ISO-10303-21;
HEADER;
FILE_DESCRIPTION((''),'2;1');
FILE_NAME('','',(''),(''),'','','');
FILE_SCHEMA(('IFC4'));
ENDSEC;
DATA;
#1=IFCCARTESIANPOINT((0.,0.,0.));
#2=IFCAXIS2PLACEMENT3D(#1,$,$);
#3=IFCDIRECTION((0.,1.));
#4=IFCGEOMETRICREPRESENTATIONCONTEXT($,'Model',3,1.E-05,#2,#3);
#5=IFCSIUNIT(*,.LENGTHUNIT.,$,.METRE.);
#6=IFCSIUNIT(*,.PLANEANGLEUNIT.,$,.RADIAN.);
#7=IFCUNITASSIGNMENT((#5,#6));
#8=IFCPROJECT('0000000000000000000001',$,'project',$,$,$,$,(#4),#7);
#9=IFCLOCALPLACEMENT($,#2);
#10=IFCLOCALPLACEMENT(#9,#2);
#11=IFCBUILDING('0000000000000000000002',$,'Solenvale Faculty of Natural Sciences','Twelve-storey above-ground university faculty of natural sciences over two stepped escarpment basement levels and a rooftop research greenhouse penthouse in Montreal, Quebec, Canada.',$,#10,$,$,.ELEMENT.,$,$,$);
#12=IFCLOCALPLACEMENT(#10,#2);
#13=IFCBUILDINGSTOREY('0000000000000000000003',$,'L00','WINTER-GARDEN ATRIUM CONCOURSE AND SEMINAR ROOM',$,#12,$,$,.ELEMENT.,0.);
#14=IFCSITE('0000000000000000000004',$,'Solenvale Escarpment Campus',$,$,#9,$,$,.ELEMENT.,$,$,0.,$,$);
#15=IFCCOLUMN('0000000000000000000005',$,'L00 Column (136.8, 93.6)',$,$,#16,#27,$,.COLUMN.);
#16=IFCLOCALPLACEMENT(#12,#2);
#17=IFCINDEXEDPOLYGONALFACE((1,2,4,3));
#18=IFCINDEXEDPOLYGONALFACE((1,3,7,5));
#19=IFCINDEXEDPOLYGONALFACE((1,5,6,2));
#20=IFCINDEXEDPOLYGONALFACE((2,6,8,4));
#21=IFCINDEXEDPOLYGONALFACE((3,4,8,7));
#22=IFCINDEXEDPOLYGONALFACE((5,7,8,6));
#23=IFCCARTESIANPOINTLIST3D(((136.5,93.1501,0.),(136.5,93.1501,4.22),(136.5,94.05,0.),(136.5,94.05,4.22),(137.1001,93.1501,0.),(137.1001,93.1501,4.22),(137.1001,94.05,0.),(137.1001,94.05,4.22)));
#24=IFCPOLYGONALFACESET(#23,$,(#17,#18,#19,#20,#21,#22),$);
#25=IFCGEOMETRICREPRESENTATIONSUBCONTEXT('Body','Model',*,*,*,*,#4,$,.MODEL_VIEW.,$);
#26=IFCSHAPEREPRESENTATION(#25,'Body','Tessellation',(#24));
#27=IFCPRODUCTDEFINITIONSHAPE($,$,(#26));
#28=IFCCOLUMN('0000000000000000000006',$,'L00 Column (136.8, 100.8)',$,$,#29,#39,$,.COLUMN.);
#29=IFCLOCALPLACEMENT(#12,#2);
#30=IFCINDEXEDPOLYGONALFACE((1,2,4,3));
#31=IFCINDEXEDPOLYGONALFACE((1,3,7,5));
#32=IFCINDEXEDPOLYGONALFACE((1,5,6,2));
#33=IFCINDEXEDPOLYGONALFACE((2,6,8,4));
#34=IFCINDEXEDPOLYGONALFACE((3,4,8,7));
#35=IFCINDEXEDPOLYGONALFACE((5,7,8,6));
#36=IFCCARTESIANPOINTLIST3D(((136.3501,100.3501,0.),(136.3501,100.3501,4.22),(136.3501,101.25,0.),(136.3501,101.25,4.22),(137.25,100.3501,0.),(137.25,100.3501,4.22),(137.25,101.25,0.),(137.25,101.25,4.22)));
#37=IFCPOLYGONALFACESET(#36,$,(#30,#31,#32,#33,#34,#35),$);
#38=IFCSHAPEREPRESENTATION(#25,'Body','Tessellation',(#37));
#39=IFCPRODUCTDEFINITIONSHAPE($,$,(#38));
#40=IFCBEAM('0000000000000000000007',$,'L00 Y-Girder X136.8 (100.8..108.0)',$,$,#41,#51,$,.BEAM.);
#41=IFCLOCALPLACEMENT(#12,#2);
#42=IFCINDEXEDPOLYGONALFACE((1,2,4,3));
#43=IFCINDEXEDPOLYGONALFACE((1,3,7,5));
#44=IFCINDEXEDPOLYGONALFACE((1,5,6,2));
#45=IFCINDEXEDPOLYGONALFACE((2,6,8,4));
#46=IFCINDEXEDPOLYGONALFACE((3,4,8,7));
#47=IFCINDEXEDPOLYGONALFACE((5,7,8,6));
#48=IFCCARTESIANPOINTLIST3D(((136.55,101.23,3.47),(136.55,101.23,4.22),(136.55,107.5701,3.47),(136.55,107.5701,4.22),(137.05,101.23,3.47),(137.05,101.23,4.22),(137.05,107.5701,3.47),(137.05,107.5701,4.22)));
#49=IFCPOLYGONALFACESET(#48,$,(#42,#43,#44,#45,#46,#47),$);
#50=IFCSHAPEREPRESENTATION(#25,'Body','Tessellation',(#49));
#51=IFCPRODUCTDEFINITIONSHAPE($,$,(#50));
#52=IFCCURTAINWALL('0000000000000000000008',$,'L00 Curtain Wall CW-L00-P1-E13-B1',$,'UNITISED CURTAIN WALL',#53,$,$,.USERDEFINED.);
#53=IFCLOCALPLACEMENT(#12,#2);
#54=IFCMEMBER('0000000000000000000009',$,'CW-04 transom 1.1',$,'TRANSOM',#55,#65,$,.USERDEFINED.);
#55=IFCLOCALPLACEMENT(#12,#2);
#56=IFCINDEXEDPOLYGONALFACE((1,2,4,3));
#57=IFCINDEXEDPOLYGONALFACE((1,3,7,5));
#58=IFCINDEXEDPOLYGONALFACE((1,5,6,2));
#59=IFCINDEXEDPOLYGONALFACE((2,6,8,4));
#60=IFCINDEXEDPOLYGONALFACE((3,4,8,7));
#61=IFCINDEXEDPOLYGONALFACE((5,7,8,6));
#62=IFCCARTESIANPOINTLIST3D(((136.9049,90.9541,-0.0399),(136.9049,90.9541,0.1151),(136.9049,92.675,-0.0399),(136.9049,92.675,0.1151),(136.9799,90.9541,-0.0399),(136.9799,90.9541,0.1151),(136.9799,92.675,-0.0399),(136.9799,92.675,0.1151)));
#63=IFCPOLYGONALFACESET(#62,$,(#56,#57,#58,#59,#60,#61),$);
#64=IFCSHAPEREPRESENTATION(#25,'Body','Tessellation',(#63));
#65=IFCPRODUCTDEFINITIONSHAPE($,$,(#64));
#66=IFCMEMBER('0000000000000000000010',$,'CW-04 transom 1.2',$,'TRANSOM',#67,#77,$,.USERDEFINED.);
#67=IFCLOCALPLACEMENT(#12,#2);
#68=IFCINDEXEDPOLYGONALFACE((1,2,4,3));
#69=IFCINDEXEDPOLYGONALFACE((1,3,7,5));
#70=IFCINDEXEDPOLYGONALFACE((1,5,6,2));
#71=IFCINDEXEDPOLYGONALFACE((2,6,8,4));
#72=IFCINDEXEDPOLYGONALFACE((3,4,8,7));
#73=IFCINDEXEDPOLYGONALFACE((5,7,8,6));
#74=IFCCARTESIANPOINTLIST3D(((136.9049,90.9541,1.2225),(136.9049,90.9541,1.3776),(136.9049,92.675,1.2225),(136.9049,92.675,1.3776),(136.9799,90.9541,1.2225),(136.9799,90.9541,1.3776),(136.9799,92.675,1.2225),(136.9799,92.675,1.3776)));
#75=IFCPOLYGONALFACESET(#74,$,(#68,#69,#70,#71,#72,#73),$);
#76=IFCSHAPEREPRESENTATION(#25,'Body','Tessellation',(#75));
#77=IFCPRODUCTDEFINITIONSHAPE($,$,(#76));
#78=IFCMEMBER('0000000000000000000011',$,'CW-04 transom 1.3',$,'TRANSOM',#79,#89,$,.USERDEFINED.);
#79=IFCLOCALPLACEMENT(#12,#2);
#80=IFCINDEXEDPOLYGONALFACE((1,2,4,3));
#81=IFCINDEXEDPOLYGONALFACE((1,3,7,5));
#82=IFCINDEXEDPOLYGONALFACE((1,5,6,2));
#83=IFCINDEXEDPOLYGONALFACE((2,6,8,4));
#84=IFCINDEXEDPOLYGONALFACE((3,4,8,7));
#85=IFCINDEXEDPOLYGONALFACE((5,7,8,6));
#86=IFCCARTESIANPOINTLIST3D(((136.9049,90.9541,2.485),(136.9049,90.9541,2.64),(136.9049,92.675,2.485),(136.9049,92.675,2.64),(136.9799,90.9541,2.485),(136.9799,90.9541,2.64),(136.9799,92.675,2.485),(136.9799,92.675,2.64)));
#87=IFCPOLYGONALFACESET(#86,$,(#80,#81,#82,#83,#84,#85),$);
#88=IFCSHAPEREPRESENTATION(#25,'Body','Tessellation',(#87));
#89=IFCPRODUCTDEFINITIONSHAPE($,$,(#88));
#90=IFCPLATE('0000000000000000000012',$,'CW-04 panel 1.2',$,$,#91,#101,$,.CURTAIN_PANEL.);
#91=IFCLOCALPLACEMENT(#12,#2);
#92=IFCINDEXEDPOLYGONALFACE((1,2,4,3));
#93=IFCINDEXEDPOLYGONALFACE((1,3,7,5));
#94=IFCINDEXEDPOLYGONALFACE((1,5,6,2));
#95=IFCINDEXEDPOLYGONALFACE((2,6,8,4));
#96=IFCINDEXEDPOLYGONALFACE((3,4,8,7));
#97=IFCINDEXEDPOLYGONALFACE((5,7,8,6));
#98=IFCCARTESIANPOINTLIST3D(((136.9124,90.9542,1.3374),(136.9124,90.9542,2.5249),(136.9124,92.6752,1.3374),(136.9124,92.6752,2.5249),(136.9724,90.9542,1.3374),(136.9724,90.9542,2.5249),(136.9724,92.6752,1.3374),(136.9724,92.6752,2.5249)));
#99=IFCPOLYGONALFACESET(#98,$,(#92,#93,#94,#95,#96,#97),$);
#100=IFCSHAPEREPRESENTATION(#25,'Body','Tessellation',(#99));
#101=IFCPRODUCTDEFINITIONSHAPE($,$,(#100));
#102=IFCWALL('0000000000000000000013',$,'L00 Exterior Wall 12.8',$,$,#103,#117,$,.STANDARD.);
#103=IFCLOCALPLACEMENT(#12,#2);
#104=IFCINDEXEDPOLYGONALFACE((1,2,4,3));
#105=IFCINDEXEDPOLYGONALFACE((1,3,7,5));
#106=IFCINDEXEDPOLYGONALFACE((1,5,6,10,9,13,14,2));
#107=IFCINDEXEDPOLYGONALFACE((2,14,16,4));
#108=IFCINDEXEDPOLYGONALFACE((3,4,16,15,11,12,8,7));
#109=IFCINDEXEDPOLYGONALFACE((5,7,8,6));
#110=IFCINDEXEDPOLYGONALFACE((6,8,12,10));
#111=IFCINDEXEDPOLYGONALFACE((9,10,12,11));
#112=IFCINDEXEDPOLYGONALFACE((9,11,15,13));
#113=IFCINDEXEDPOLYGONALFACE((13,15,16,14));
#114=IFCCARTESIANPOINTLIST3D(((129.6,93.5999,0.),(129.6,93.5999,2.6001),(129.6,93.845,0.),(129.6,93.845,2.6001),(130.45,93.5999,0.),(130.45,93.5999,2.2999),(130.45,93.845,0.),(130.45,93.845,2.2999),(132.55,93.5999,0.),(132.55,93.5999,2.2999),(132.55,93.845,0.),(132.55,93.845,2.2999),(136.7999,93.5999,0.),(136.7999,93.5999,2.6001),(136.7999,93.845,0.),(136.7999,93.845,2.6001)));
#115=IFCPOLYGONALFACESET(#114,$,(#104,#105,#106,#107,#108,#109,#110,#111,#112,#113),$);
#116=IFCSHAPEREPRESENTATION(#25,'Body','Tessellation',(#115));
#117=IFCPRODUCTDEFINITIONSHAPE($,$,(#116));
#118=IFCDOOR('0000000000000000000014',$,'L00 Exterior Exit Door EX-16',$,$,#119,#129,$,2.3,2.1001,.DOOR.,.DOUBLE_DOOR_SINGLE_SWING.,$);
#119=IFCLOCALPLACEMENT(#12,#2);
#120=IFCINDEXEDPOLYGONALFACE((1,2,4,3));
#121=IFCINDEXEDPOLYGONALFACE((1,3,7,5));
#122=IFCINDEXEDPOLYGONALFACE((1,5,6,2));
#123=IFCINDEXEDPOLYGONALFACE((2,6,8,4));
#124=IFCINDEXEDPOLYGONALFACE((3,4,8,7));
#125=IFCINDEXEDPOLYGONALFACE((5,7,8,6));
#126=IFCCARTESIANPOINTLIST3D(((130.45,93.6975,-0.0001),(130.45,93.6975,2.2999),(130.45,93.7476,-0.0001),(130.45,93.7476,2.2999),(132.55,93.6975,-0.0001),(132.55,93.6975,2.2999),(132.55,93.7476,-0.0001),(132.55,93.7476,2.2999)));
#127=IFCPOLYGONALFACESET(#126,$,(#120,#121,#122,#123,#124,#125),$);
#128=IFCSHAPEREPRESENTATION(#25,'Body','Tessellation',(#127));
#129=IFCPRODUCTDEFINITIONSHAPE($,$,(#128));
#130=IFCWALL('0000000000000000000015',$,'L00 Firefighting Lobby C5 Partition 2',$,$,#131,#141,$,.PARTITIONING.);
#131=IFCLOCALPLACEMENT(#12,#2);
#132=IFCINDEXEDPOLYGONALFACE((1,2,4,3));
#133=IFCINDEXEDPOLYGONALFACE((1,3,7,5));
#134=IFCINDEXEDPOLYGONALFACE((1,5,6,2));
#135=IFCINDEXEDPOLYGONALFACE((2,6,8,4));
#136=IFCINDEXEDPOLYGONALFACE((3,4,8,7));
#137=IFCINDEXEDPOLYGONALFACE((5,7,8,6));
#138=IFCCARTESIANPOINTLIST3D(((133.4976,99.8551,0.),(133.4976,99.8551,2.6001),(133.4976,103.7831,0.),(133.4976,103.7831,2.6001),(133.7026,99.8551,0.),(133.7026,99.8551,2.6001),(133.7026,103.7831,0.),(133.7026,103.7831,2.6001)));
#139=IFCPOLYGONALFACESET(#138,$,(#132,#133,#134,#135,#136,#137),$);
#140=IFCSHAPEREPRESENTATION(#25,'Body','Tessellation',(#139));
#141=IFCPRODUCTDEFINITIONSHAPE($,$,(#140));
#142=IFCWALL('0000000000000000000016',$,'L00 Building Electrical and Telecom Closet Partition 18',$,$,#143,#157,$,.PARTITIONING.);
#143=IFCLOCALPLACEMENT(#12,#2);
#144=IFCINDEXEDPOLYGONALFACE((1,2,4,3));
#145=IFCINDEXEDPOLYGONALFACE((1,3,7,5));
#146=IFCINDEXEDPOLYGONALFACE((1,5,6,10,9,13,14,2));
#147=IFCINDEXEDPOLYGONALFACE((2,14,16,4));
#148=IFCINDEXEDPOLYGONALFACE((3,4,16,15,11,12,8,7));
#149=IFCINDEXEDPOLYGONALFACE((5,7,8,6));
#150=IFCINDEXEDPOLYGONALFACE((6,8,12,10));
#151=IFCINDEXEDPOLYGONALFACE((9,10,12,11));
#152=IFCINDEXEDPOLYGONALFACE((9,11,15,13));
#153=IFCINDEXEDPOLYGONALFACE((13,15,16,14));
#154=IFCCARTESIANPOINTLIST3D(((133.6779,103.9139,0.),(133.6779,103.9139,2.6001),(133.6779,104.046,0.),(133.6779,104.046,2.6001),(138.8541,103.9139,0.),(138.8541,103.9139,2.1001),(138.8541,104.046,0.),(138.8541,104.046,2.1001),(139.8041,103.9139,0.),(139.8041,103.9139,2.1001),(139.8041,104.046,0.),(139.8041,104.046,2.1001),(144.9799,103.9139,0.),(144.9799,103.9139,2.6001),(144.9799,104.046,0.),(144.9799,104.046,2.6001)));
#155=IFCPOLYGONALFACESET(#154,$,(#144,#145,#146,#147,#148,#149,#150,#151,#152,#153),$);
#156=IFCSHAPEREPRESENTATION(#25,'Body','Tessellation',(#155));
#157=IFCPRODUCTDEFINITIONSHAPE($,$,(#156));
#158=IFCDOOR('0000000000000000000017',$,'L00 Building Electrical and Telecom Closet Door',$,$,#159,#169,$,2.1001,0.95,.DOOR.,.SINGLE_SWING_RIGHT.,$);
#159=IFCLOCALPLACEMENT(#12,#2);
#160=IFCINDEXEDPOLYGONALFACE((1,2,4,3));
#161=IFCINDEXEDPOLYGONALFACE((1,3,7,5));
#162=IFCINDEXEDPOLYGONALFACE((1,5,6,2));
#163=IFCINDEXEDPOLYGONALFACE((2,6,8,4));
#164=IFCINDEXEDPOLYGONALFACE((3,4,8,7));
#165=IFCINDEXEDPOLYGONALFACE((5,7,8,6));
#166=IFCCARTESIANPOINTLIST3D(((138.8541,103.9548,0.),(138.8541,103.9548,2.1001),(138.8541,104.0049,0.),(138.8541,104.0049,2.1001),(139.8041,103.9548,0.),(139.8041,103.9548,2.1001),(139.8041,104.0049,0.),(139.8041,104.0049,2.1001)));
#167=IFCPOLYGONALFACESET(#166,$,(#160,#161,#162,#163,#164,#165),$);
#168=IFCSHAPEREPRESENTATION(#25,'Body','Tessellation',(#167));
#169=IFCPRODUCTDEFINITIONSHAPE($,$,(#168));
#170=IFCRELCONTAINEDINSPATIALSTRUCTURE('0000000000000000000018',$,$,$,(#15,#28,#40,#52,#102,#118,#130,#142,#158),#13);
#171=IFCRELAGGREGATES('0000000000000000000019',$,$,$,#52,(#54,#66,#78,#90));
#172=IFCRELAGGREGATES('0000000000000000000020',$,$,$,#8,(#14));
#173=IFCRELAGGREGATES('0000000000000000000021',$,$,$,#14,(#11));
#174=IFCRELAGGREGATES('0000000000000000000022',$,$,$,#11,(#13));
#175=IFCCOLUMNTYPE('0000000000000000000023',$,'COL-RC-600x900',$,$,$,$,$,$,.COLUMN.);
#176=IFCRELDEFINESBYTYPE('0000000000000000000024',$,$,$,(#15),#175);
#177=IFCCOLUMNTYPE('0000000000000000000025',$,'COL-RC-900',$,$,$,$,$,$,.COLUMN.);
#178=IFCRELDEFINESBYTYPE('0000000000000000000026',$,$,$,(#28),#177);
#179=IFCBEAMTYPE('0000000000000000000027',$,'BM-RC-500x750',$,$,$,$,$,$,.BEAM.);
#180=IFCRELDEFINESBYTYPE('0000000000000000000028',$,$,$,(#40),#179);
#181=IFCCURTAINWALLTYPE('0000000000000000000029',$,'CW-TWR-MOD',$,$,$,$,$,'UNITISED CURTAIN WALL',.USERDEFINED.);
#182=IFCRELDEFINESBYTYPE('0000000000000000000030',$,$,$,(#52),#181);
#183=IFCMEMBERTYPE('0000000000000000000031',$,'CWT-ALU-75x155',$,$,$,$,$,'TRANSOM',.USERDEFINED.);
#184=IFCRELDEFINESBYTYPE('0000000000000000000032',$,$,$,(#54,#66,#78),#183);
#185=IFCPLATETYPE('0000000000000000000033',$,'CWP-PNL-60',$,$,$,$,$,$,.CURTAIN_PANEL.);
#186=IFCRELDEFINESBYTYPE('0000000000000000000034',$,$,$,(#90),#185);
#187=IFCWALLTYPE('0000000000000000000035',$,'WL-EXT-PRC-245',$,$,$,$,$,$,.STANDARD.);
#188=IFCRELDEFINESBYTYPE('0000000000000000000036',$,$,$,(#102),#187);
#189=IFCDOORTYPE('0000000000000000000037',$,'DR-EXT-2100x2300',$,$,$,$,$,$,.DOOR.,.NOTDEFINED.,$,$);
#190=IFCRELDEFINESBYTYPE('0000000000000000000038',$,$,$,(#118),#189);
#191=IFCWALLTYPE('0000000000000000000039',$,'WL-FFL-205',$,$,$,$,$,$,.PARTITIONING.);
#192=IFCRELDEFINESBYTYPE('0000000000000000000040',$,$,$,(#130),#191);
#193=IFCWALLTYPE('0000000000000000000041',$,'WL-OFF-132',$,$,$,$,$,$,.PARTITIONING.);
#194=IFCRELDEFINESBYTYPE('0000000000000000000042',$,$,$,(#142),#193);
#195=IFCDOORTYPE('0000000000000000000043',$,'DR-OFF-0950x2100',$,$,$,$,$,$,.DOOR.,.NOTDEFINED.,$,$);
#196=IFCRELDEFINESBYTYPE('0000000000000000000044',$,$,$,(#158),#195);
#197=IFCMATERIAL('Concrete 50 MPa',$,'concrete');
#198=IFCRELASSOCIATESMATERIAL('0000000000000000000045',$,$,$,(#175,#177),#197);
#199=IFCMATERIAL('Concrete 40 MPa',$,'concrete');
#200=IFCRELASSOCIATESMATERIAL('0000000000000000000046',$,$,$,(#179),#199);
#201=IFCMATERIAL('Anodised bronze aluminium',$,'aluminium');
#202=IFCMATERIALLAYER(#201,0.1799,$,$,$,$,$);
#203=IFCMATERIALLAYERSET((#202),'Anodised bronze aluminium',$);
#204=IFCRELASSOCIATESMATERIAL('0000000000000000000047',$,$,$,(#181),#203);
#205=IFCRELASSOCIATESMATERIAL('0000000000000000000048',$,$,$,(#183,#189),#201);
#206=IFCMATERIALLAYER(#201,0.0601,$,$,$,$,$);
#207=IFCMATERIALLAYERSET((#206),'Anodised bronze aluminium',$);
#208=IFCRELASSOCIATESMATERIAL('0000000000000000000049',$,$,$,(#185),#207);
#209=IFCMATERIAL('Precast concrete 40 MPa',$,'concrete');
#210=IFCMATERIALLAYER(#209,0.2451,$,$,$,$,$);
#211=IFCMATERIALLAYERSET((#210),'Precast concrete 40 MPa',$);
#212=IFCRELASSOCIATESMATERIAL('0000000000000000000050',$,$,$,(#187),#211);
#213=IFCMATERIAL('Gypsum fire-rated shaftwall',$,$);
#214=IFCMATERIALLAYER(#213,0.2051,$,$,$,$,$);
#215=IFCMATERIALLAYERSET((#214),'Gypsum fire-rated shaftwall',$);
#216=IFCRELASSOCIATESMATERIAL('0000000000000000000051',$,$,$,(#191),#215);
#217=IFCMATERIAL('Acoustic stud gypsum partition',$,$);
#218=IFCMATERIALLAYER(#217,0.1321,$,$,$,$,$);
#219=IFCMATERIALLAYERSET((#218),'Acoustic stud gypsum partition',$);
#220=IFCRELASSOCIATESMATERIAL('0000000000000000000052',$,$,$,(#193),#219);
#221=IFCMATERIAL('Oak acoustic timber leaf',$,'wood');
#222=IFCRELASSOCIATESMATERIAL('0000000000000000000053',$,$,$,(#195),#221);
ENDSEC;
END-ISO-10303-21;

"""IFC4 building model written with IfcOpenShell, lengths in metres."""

from ifc_helpers import new_model, si_unit, direction, frame, frame_2d, origin, origin_2d, place, context, subcontext, project, spatial, rectangle, extrude, material, layer, layer_set, material_profile, profile_set, type_object, element, fill, aggregate, save


model = new_model("IFC4")

# Units and contexts
model_context = context("Model", 3, precision=1e-05, world=origin(), true_north=direction((0.0, 1.0)))
body_context = subcontext(model_context, "Body", "Model", "MODEL_VIEW")
ifc_project = project(units=[si_unit("LENGTHUNIT", "METRE"), si_unit("PLANEANGLEUNIT", "RADIAN")], contexts=[model_context])

# Site, building, storey
site_placement = place(None, origin())
site = spatial("IfcSite", under=ifc_project, at=site_placement, Name="Solenvale Escarpment Campus", CompositionType="ELEMENT", RefElevation=0.0)
building_placement = place(site_placement, origin())
building = spatial("IfcBuilding", under=site, at=building_placement, Name="Solenvale Faculty of Natural Sciences", Description="Twelve-storey above-ground university faculty of natural sciences over two stepped escarpment basement levels and a rooftop research greenhouse penthouse in Montreal, Quebec, Canada.", CompositionType="ELEMENT")
storey_placement = place(building_placement, origin())
storey = spatial("IfcBuildingStorey", under=building, at=storey_placement, Name="L00", Description="WINTER-GARDEN ATRIUM CONCOURSE AND SEMINAR ROOM", CompositionType="ELEMENT", Elevation=0.0)

# Columns
ifc_material_1 = material(Name="Concrete 50 MPa", Category="concrete")
ifc_material_profile_1 = material_profile(ifc_material_1, rectangle(XDim=0.6001, YDim=0.8999, at=origin_2d()), Name="RC-COL-600x900")
ifc_profile_set_1 = profile_set([ifc_material_profile_1], Name="Concrete 50 MPa")
column_type_1 = type_object("IfcColumnType", Name="COL-RC-600x900", PredefinedType="COLUMN", material=ifc_profile_set_1)
column_1_placement = place(storey_placement, frame((136.8, 93.6001, 0.0), z_axis=(0.0, 0.0, 1.0), x_axis=(1.0, 0.0, 0.0)))
element("IfcColumn", 1, at=column_1_placement, inside=storey, type_object=column_type_1, Name="L00 Column (136.8, 93.6)", PredefinedType="COLUMN", context=body_context, shape_type="SweptSolid", body=[
    extrude(rectangle(XDim=0.6001, YDim=0.8999, at=origin_2d()), origin(), (0.0, 0.0, 1.0), 4.22),
])
ifc_material_profile_2 = material_profile(ifc_material_1, rectangle(XDim=0.8999, YDim=0.8999, at=origin_2d()), Name="RC-COL-900x900")
ifc_profile_set_2 = profile_set([ifc_material_profile_2], Name="Concrete 50 MPa")
column_type_2 = type_object("IfcColumnType", Name="COL-RC-900", PredefinedType="COLUMN", material=ifc_profile_set_2)
column_2_placement = place(storey_placement, frame((136.8, 100.8, 0.0), z_axis=(0.0, 0.0, 1.0), x_axis=(1.0, 0.0, 0.0)))
element("IfcColumn", 2, at=column_2_placement, inside=storey, type_object=column_type_2, Name="L00 Column (136.8, 100.8)", PredefinedType="COLUMN", context=body_context, shape_type="SweptSolid", body=[
    extrude(rectangle(XDim=0.8999, YDim=0.8999, at=origin_2d()), origin(), (0.0, 0.0, 1.0), 4.22),
])

# Beam
ifc_material_2 = material(Name="Concrete 40 MPa", Category="concrete")
ifc_material_profile_3 = material_profile(ifc_material_2, rectangle(XDim=0.5, YDim=0.75, at=origin_2d()), Name="RC-BM-500x750")
ifc_profile_set_3 = profile_set([ifc_material_profile_3], Name="Concrete 40 MPa")
beam_type = type_object("IfcBeamType", Name="BM-RC-500x750", PredefinedType="BEAM", material=ifc_profile_set_3)
beam_placement = place(storey_placement, frame((136.8, 101.23, 3.845), z_axis=(0.0, 1.0, 0.0), x_axis=(-1.0, 0.0, 0.0)))
element("IfcBeam", 3, at=beam_placement, inside=storey, type_object=beam_type, Name="L00 Y-Girder X136.8 (100.8..108.0)", PredefinedType="BEAM", context=body_context, shape_type="SweptSolid", body=[
    extrude(rectangle(XDim=0.5, YDim=0.75, at=origin_2d()), origin(), (0.0, 0.0, 1.0), 6.3401),
])

# Curtain wall, members, plate
ifc_material_3 = material(Name="Anodised bronze aluminium", Category="aluminium")
ifc_layer_1 = layer(ifc_material_3, 0.1799)
ifc_layer_set_1 = layer_set([ifc_layer_1], Name="Anodised bronze aluminium")
curtain_wall_type = type_object("IfcCurtainWallType", Name="CW-TWR-MOD", ElementType="UNITISED CURTAIN WALL", PredefinedType="USERDEFINED", material=ifc_layer_set_1)
curtain_wall_placement = place(storey_placement, origin())
curtain_wall = element("IfcCurtainWall", 4, at=curtain_wall_placement, inside=storey, type_object=curtain_wall_type, Name="L00 Curtain Wall CW-L00-P1-E13-B1", ObjectType="UNITISED CURTAIN WALL", PredefinedType="USERDEFINED")
ifc_material_profile_4 = material_profile(ifc_material_3, rectangle(XDim=0.075, YDim=0.155, at=origin_2d()), Name="ALU-TRN-75x155")
ifc_profile_set_4 = profile_set([ifc_material_profile_4], Name="Anodised bronze aluminium")
member_type = type_object("IfcMemberType", Name="CWT-ALU-75x155", ElementType="TRANSOM", PredefinedType="USERDEFINED", material=ifc_profile_set_4)
member_1_placement = place(storey_placement, frame((136.9424, 92.675, 0.0376), z_axis=(0.0, -1.0, 0.0), x_axis=(1.0, 0.0, 0.0)))
member_1 = element("IfcMember", 5, at=member_1_placement, type_object=member_type, Name="CW-04 transom 1.1", ObjectType="TRANSOM", PredefinedType="USERDEFINED", context=body_context, shape_type="SweptSolid", body=[
    extrude(rectangle(XDim=0.075, YDim=0.155, at=origin_2d()), origin(), (0.0, 0.0, 1.0), 1.7209),
])
member_2_placement = place(storey_placement, frame((136.9424, 92.675, 1.3), z_axis=(0.0, -1.0, 0.0), x_axis=(1.0, 0.0, 0.0)))
member_2 = element("IfcMember", 6, at=member_2_placement, type_object=member_type, Name="CW-04 transom 1.2", ObjectType="TRANSOM", PredefinedType="USERDEFINED", context=body_context, shape_type="SweptSolid", body=[
    extrude(rectangle(XDim=0.075, YDim=0.155, at=origin_2d()), origin(), (0.0, 0.0, 1.0), 1.7209),
])
member_3_placement = place(storey_placement, frame((136.9424, 92.675, 2.5625), z_axis=(0.0, -1.0, 0.0), x_axis=(1.0, 0.0, 0.0)))
member_3 = element("IfcMember", 7, at=member_3_placement, type_object=member_type, Name="CW-04 transom 1.3", ObjectType="TRANSOM", PredefinedType="USERDEFINED", context=body_context, shape_type="SweptSolid", body=[
    extrude(rectangle(XDim=0.075, YDim=0.155, at=origin_2d()), origin(), (0.0, 0.0, 1.0), 1.7209),
])
ifc_layer_2 = layer(ifc_material_3, 0.0601)
ifc_layer_set_2 = layer_set([ifc_layer_2], Name="Anodised bronze aluminium")
plate_type = type_object("IfcPlateType", Name="CWP-PNL-60", PredefinedType="CURTAIN_PANEL", material=ifc_layer_set_2)
plate_placement = place(storey_placement, frame((136.9424, 91.8147, 1.3374), z_axis=(0.0, 0.0, 1.0), x_axis=(0.0, -1.0, 0.0)))
plate = element("IfcPlate", 8, at=plate_placement, type_object=plate_type, Name="CW-04 panel 1.2", PredefinedType="CURTAIN_PANEL", context=body_context, shape_type="SweptSolid", body=[
    extrude(rectangle(XDim=1.7209, YDim=0.0601, at=origin_2d()), origin(), (0.0, 0.0, 1.0), 1.1875),
])
aggregate(curtain_wall, [member_1, member_2, member_3, plate])

# Wall, opening, door
ifc_material_4 = material(Name="Precast concrete 40 MPa", Category="concrete")
ifc_layer_3 = layer(ifc_material_4, 0.2451)
ifc_layer_set_3 = layer_set([ifc_layer_3], Name="Precast concrete 40 MPa")
wall_type_1 = type_object("IfcWallType", Name="WL-EXT-PRC-245", PredefinedType="STANDARD", material=ifc_layer_set_3)
wall_1_placement = place(storey_placement, frame((136.8, 93.7224, 0.0), z_axis=(0.0, 0.0, 1.0), x_axis=(-1.0, 0.0, 0.0)))
wall_1 = element("IfcWall", 9, at=wall_1_placement, inside=storey, type_object=wall_type_1, Name="L00 Exterior Wall 12.8", PredefinedType="STANDARD", context=body_context, shape_type="SweptSolid", body=[
    extrude(rectangle(XDim=7.2, YDim=0.2451, at=frame_2d((3.6001, 0.0))), origin(), (0.0, 0.0, 1.0), 2.6001),
])
opening_1_placement = place(wall_1_placement, frame((4.25, 0.0, 0.0)))
opening_1 = element("IfcOpeningElement", 10, at=opening_1_placement, cuts=wall_1, PredefinedType="OPENING", context=body_context, shape_type="SweptSolid", body=[
    extrude(rectangle(XDim=2.1001, YDim=2.3, at=frame_2d((1.05, 1.1499))), frame((0.0, 0.1326, 0.0), z_axis=(0.0, -1.0, 0.0), x_axis=(1.0, 0.0, 0.0)), (0.0, 0.0, 1.0), 0.2651),
])
door_type_1 = type_object("IfcDoorType", Name="DR-EXT-2100x2300", OperationType="NOTDEFINED", PredefinedType="DOOR", material=ifc_material_3)
door_1_placement = place(opening_1_placement, origin())
door_1 = element("IfcDoor", 11, at=door_1_placement, inside=storey, type_object=door_type_1, Name="L00 Exterior Exit Door EX-16", OperationType="DOUBLE_DOOR_SINGLE_SWING", OverallHeight=2.3, OverallWidth=2.1001, PredefinedType="DOOR", context=body_context, shape_type="SweptSolid", body=[
    extrude(rectangle(XDim=2.1001, YDim=2.3, at=frame_2d((1.05, 1.1499))), frame((0.0, 0.0249, 0.0), z_axis=(0.0, -1.0, 0.0), x_axis=(1.0, 0.0, 0.0)), (0.0, 0.0, 1.0), 0.05),
])
fill(opening_1, door_1)

# Wall
ifc_material_5 = material(Name="Gypsum fire-rated shaftwall")
ifc_layer_4 = layer(ifc_material_5, 0.2051)
ifc_layer_set_4 = layer_set([ifc_layer_4], Name="Gypsum fire-rated shaftwall")
wall_type_2 = type_object("IfcWallType", Name="WL-FFL-205", PredefinedType="PARTITIONING", material=ifc_layer_set_4)
wall_2_placement = place(storey_placement, frame((133.6001, 103.783, 0.0), z_axis=(0.0, 0.0, 1.0), x_axis=(0.0, -1.0, 0.0)))
element("IfcWall", 12, at=wall_2_placement, inside=storey, type_object=wall_type_2, Name="L00 Firefighting Lobby C5 Partition 2", PredefinedType="PARTITIONING", context=body_context, shape_type="SweptSolid", body=[
    extrude(rectangle(XDim=3.928, YDim=0.2051, at=frame_2d((1.9639, 0.0))), origin(), (0.0, 0.0, 1.0), 2.6001),
])

# Wall, opening, door
ifc_material_6 = material(Name="Acoustic stud gypsum partition")
ifc_layer_5 = layer(ifc_material_6, 0.1321)
ifc_layer_set_5 = layer_set([ifc_layer_5], Name="Acoustic stud gypsum partition")
wall_type_3 = type_object("IfcWallType", Name="WL-OFF-132", PredefinedType="PARTITIONING", material=ifc_layer_set_5)
wall_3_placement = place(storey_placement, frame((133.678, 103.98, 0.0), z_axis=(0.0, 0.0, 1.0), x_axis=(1.0, 0.0, 0.0)))
wall_3 = element("IfcWall", 13, at=wall_3_placement, inside=storey, type_object=wall_type_3, Name="L00 Building Electrical and Telecom Closet Partition 18", PredefinedType="PARTITIONING", context=body_context, shape_type="SweptSolid", body=[
    extrude(rectangle(XDim=11.302, YDim=0.1321, at=frame_2d((5.6509, 0.0))), origin(), (0.0, 0.0, 1.0), 2.6001),
])
opening_2_placement = place(wall_3_placement, frame((5.176, 0.0, 0.0)))
opening_2 = element("IfcOpeningElement", 14, at=opening_2_placement, cuts=wall_3, PredefinedType="OPENING", context=body_context, shape_type="SweptSolid", body=[
    extrude(rectangle(XDim=0.95, YDim=2.1001, at=frame_2d((0.4751, 1.05))), frame((0.0, 0.0759, 0.0), z_axis=(0.0, -1.0, 0.0), x_axis=(1.0, 0.0, 0.0)), (0.0, 0.0, 1.0), 0.1521),
])
ifc_material_7 = material(Name="Oak acoustic timber leaf", Category="wood")
door_type_2 = type_object("IfcDoorType", Name="DR-OFF-0950x2100", OperationType="NOTDEFINED", PredefinedType="DOOR", material=ifc_material_7)
door_2_placement = place(opening_2_placement, origin())
door_2 = element("IfcDoor", 15, at=door_2_placement, inside=storey, type_object=door_type_2, Name="L00 Building Electrical and Telecom Closet Door", OperationType="SINGLE_SWING_RIGHT", OverallHeight=2.1001, OverallWidth=0.95, PredefinedType="DOOR", context=body_context, shape_type="SweptSolid", body=[
    extrude(rectangle(XDim=0.95, YDim=2.1001, at=frame_2d((0.4751, 1.05))), frame((0.0, 0.0249, 0.0), z_axis=(0.0, -1.0, 0.0), x_axis=(1.0, 0.0, 0.0)), (0.0, 0.0, 1.0), 0.05),
])
fill(opening_2, door_2)

save(model, "model.ifc")
